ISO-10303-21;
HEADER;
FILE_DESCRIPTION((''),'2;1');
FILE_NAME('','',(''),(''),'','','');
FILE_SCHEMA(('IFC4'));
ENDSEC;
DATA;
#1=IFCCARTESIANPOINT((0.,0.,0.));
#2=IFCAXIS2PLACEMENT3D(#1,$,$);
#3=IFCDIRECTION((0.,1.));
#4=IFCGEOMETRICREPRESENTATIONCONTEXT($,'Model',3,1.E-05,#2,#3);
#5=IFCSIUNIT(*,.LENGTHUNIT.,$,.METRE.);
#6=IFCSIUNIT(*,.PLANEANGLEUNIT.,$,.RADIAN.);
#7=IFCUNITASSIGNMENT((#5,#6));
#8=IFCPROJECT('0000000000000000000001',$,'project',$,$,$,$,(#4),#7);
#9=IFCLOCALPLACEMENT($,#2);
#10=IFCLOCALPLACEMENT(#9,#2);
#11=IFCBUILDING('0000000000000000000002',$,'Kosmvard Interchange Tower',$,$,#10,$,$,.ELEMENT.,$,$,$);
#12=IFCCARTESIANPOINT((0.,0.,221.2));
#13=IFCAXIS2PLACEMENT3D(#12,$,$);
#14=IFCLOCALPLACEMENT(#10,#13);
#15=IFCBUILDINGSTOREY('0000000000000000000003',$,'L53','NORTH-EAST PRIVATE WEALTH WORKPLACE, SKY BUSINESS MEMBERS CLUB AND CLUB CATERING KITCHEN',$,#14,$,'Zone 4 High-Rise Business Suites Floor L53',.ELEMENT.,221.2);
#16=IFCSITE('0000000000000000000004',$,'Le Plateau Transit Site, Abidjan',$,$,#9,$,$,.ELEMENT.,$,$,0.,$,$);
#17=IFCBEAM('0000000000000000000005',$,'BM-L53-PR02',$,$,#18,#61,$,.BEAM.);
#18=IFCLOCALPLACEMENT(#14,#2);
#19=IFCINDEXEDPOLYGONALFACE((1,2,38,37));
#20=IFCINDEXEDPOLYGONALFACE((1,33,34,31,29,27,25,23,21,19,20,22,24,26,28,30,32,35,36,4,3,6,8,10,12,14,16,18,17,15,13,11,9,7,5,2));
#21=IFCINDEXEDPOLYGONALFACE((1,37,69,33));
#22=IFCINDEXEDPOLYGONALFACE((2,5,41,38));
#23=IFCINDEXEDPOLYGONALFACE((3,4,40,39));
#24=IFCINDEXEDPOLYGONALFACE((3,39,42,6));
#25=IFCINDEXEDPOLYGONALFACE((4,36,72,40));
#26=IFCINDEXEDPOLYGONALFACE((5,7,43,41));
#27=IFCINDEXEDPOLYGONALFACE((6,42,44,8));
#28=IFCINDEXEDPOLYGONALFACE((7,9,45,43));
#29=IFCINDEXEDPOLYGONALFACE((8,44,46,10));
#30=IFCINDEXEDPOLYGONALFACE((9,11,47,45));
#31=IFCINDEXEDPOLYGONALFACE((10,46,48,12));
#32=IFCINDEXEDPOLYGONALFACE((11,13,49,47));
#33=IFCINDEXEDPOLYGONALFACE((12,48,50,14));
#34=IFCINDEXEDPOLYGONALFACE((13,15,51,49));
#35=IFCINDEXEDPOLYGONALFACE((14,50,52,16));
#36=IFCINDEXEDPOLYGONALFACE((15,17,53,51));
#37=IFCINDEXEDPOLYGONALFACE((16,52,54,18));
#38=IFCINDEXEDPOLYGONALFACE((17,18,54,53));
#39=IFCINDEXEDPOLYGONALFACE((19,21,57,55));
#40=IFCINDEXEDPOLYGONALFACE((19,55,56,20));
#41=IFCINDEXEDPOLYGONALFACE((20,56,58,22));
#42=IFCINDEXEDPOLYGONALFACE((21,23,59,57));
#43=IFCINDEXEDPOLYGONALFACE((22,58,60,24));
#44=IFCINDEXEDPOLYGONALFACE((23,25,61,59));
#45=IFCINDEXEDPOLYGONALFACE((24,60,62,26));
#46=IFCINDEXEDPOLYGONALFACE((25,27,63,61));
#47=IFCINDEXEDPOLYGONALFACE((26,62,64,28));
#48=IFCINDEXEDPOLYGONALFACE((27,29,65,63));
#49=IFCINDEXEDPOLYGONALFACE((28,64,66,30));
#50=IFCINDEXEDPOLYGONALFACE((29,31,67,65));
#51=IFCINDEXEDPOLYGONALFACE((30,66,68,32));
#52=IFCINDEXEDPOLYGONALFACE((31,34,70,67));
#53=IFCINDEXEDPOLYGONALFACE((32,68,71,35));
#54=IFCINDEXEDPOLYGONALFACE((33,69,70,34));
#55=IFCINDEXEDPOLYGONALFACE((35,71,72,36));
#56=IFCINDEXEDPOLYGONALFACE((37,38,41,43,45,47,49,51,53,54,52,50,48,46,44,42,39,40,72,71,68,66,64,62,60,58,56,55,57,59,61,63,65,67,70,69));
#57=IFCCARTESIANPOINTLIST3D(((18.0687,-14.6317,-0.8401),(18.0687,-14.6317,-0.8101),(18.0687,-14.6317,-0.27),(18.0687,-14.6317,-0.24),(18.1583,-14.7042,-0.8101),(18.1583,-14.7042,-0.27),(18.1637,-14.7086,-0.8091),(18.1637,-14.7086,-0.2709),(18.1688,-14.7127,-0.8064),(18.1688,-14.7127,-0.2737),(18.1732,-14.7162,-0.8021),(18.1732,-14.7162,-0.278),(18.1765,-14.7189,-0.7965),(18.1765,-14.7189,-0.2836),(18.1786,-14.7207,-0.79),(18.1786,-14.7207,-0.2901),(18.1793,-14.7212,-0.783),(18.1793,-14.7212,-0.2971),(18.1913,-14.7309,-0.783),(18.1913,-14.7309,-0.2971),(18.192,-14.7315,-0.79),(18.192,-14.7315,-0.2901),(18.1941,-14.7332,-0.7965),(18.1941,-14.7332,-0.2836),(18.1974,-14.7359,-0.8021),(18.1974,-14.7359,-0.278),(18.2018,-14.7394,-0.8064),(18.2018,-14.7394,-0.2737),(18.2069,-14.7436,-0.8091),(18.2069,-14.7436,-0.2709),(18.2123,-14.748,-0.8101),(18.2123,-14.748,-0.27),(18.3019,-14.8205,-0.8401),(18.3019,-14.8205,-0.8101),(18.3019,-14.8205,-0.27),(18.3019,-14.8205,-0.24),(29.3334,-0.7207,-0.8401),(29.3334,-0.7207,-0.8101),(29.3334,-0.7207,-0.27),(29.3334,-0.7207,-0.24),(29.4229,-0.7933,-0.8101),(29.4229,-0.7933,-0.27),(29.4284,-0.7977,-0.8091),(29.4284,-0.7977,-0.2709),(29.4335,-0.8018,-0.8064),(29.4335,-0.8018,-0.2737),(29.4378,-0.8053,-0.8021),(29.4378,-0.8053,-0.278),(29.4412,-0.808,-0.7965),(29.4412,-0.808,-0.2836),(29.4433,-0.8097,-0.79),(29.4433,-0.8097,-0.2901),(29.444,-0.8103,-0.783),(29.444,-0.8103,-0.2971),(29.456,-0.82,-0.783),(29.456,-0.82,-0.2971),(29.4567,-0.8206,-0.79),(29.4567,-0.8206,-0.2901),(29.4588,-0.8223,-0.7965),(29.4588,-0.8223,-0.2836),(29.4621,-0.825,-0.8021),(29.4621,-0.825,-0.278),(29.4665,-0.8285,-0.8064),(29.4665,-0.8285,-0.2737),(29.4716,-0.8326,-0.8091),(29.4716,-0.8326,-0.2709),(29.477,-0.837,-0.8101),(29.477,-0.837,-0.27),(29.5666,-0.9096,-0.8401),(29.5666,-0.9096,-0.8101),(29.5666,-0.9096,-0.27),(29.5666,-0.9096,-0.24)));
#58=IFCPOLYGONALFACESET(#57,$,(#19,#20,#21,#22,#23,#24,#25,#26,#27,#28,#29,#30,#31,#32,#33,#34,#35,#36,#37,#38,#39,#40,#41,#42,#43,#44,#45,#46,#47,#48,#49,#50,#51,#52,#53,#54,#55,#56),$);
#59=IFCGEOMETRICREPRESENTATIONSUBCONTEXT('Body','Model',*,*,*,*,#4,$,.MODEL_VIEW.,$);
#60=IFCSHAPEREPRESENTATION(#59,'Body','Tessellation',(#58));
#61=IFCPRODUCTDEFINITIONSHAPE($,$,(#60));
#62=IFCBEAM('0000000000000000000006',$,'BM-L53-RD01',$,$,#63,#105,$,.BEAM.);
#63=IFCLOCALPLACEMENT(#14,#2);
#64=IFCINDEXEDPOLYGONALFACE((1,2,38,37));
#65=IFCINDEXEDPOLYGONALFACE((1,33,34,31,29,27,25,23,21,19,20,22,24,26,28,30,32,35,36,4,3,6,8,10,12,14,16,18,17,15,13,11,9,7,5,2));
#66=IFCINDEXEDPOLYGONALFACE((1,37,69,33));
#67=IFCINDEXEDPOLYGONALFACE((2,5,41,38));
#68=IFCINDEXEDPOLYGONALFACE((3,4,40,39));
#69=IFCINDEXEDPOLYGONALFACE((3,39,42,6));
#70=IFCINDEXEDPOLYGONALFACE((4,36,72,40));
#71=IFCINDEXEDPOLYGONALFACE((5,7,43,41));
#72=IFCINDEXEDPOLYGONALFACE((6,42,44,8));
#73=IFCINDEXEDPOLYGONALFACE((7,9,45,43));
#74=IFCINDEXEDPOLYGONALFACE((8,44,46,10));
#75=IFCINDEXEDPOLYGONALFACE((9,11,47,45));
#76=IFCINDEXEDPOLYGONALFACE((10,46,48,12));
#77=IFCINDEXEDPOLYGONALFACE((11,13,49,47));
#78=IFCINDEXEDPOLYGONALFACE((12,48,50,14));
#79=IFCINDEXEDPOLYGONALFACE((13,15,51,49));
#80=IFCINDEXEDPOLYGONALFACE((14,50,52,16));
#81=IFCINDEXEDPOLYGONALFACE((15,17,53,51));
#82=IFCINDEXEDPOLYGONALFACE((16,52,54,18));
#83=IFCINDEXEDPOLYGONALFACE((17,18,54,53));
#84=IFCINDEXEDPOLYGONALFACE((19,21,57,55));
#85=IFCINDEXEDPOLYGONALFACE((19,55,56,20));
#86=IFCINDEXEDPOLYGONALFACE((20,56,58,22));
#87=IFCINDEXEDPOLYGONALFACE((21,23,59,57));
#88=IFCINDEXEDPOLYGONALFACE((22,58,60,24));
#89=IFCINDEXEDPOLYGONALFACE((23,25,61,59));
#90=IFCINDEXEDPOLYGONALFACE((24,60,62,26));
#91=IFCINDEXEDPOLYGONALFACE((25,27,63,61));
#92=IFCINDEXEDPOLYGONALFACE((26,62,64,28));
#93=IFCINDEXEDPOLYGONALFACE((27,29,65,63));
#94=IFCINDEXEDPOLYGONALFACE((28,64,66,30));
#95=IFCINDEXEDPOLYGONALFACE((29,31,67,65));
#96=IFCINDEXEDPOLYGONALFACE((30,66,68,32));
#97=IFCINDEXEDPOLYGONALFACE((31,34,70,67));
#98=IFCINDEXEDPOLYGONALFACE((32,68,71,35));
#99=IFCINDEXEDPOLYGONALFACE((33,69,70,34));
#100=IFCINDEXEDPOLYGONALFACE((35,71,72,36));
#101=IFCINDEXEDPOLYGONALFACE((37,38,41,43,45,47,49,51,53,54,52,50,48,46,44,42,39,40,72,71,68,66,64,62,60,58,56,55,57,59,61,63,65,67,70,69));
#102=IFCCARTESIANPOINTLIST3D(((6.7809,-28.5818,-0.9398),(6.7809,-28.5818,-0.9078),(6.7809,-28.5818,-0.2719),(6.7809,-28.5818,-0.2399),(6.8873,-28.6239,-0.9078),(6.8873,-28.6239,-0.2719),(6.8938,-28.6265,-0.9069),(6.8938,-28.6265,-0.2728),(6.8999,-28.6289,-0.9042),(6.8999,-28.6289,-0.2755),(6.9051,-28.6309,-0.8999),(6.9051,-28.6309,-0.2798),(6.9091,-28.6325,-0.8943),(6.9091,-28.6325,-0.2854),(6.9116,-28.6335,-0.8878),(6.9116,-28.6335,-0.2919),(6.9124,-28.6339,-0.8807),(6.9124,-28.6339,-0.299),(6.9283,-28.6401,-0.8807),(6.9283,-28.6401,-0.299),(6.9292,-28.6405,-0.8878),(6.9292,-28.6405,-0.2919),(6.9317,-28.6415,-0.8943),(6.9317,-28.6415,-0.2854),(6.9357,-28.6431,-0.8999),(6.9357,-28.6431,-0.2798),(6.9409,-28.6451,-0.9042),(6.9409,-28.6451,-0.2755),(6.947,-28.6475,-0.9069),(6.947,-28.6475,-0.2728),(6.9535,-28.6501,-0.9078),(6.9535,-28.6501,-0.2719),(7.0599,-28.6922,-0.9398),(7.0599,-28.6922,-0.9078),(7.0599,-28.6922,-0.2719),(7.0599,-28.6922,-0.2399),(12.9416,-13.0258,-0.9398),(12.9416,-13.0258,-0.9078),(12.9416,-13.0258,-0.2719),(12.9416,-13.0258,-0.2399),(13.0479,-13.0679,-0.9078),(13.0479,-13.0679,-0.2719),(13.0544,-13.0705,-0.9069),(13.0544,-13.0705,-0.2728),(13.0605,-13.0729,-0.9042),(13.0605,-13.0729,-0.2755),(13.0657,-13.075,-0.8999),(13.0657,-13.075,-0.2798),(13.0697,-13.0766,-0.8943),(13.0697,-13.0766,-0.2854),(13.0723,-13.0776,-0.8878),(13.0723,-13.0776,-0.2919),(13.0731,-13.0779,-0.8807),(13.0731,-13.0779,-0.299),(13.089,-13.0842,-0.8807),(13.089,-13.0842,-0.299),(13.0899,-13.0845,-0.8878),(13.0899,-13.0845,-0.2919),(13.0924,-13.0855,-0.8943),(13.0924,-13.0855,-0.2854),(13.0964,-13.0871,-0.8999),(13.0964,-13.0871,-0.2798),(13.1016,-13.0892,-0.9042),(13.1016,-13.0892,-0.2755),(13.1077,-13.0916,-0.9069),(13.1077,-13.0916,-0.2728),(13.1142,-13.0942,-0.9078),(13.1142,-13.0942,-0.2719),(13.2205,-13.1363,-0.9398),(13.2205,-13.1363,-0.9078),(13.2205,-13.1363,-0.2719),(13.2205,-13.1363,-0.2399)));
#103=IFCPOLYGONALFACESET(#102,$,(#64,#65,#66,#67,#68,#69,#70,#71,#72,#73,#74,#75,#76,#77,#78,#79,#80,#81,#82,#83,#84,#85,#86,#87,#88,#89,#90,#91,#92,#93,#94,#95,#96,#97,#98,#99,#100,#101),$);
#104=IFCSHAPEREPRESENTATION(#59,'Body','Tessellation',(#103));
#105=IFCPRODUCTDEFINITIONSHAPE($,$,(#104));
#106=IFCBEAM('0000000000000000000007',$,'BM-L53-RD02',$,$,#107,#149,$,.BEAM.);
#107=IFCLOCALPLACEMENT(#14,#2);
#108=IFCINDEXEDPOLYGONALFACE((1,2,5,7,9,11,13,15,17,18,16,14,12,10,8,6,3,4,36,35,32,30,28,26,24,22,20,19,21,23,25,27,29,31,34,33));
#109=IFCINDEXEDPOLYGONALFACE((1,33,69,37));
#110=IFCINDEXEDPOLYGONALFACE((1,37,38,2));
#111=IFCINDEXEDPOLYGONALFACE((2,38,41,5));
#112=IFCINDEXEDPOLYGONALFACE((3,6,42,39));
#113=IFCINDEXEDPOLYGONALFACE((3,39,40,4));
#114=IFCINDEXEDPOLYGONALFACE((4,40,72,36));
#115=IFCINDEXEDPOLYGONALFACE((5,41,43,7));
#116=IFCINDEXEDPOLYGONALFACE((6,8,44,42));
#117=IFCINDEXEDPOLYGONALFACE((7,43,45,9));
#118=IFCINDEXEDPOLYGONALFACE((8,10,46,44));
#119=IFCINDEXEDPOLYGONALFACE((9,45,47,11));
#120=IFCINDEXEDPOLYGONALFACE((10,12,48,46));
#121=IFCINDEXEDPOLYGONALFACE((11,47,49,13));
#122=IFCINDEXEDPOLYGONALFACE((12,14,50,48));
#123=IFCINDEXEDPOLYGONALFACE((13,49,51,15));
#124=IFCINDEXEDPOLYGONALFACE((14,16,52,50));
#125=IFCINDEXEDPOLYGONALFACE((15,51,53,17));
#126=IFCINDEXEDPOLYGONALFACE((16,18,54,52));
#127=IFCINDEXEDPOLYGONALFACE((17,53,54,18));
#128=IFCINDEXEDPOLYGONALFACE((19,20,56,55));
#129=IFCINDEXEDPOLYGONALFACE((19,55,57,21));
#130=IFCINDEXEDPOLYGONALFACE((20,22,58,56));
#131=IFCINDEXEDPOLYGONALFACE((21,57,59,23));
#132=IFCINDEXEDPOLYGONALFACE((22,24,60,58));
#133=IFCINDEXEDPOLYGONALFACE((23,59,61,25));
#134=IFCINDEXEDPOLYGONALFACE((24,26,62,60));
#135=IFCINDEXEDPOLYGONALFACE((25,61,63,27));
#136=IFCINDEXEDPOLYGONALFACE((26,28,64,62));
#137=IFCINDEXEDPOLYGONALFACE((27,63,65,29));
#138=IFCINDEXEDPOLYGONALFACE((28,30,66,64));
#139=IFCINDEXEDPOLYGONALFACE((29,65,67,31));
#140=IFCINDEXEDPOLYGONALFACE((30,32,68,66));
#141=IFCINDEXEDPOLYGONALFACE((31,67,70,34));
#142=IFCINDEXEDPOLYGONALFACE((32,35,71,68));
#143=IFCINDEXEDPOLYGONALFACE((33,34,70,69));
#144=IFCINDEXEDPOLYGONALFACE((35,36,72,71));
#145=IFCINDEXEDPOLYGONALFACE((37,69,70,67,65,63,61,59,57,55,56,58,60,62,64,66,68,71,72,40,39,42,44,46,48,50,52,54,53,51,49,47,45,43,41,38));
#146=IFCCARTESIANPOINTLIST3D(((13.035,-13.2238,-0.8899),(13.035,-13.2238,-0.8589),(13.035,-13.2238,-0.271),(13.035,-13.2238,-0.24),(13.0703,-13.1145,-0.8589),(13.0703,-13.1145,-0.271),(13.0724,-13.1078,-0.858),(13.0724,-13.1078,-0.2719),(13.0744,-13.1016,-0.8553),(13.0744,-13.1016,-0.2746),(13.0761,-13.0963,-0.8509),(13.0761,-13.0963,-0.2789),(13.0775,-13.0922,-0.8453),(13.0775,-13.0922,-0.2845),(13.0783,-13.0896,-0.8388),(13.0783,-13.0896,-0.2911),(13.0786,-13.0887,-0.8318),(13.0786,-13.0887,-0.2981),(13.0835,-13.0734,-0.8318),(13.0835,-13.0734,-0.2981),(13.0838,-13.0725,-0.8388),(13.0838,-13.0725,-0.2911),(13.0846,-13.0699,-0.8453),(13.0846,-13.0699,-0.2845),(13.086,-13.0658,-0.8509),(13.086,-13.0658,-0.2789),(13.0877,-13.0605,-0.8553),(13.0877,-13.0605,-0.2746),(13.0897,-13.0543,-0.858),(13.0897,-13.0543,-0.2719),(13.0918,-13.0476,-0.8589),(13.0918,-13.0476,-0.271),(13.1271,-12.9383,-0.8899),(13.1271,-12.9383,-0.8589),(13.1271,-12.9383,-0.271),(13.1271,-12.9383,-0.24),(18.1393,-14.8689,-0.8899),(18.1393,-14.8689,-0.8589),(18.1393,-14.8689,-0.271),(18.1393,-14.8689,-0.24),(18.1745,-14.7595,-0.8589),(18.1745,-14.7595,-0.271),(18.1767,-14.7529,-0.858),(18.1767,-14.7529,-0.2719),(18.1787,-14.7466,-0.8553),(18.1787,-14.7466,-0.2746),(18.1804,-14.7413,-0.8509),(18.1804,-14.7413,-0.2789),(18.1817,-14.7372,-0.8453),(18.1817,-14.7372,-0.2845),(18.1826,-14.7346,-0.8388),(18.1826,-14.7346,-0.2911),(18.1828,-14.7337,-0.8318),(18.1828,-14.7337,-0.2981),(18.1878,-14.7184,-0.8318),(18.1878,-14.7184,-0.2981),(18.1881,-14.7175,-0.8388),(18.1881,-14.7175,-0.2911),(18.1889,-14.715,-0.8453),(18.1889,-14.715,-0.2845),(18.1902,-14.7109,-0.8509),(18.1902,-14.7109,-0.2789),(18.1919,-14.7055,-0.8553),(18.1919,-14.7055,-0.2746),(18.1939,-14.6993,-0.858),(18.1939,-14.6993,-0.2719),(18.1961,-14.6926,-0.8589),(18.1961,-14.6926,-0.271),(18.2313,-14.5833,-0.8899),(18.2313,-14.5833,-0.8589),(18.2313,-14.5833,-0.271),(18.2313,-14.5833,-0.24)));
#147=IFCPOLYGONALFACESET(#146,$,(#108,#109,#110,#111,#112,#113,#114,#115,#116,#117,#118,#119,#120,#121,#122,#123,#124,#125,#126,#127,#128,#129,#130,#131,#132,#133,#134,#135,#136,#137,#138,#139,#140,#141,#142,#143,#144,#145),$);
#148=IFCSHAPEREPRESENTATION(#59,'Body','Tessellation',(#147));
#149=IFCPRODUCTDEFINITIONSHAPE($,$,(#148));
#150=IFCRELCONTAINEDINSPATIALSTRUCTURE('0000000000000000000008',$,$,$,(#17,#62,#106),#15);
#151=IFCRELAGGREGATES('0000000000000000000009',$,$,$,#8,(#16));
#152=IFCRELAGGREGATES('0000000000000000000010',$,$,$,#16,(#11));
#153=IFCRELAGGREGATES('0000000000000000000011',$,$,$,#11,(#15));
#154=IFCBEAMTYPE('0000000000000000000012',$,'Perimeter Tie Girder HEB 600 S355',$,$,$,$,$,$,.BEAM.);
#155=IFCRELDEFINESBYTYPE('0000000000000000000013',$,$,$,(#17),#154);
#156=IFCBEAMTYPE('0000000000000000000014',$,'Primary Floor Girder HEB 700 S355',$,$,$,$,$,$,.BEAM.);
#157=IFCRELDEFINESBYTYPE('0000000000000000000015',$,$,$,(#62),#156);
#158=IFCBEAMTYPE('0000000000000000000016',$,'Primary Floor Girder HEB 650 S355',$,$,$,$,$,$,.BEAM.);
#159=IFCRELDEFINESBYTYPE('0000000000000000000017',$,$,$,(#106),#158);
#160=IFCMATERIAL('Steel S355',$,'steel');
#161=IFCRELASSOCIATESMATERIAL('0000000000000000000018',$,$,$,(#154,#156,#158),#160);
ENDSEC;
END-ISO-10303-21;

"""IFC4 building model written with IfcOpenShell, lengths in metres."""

from ifc_helpers import new_model, si_unit, direction, frame, origin, origin_2d, place, context, subcontext, project, spatial, i_section, extrude, source, transform, mapped, material, material_profile, profile_set, type_object, element, save


model = new_model("IFC4")

# Units and contexts
model_context = context("Model", 3, precision=1e-05, world=origin(), true_north=direction((0.0, 1.0)))
body_context = subcontext(model_context, "Body", "Model", "MODEL_VIEW")
ifc_project = project(units=[si_unit("LENGTHUNIT", "METRE"), si_unit("PLANEANGLEUNIT", "RADIAN")], contexts=[model_context])

# Site, building, storey
site_placement = place(None, origin())
site = spatial("IfcSite", under=ifc_project, at=site_placement, Name="Le Plateau Transit Site, Abidjan", CompositionType="ELEMENT", RefElevation=0.0)
building_placement = place(site_placement, origin())
building = spatial("IfcBuilding", under=site, at=building_placement, Name="Kosmvard Interchange Tower", CompositionType="ELEMENT")
storey_placement = place(building_placement, frame((0.0, 0.0, 221.2)))
storey = spatial("IfcBuildingStorey", under=building, at=storey_placement, Name="L53", Description="NORTH-EAST PRIVATE WEALTH WORKPLACE, SKY BUSINESS MEMBERS CLUB AND CLUB CATERING KITCHEN", LongName="Zone 4 High-Rise Business Suites Floor L53", CompositionType="ELEMENT", Elevation=221.2)

# Beams
ifc_material_1 = material(Name="Steel S355", Category="steel")
ifc_material_profile_1 = material_profile(ifc_material_1, i_section(OverallWidth=0.3, OverallDepth=0.6001, WebThickness=0.0154, FlangeThickness=0.03, FilletRadius=0.0271, at=origin_2d()), Name="HEB 600")
ifc_profile_set_1 = profile_set([ifc_material_profile_1], Name="Steel S355")
beam_type_1 = type_object("IfcBeamType", Name="Perimeter Tie Girder HEB 600 S355", PredefinedType="BEAM", material=ifc_profile_set_1)
shared_shape_1 = source(origin(), body_context, "Body", "SweptSolid", [
    extrude(i_section(OverallWidth=0.3, OverallDepth=0.6001, WebThickness=0.0154, FlangeThickness=0.03, FilletRadius=0.0271, at=origin_2d()), origin(), (0.0, 0.0, 1.0), 17.8999),
])
beam_1_placement = place(storey_placement, frame((18.1853, -14.7261, -0.54), z_axis=(0.629315, 0.777151, 0.0), x_axis=(-0.777151, 0.629315, 0.0)))
element("IfcBeam", 1, at=beam_1_placement, inside=storey, type_object=beam_type_1, Name="BM-L53-PR02", PredefinedType="BEAM", context=body_context, shape_type="MappedRepresentation", body=[
    mapped(shared_shape_1, transform((0.0, 0.0, 0.0), scale=1.0)),
])
ifc_material_profile_2 = material_profile(ifc_material_1, i_section(OverallWidth=0.3, OverallDepth=0.7, WebThickness=0.0171, FlangeThickness=0.032, FilletRadius=0.0271, at=origin_2d()), Name="HEB 700")
ifc_profile_set_2 = profile_set([ifc_material_profile_2], Name="Steel S355")
beam_type_2 = type_object("IfcBeamType", Name="Primary Floor Girder HEB 700 S355", PredefinedType="BEAM", material=ifc_profile_set_2)
shared_shape_2 = source(origin(), body_context, "Body", "SweptSolid", [
    extrude(i_section(OverallWidth=0.3, OverallDepth=0.7, WebThickness=0.0171, FlangeThickness=0.032, FilletRadius=0.0271, at=origin_2d()), origin(), (0.0, 0.0, 1.0), 16.7314),
])
beam_2_placement = place(storey_placement, frame((13.0811, -13.0811, -0.5898), z_axis=(-0.368209, -0.929743, 0.0), x_axis=(0.929743, -0.368209, 0.0)))
element("IfcBeam", 2, at=beam_2_placement, inside=storey, type_object=beam_type_2, Name="BM-L53-RD01", PredefinedType="BEAM", context=body_context, shape_type="MappedRepresentation", body=[
    mapped(shared_shape_2, transform((0.0, 0.0, 0.0), scale=1.0)),
])
ifc_material_profile_3 = material_profile(ifc_material_1, i_section(OverallWidth=0.3, OverallDepth=0.6499, WebThickness=0.0161, FlangeThickness=0.031, FilletRadius=0.0271, at=origin_2d()), Name="HEB 650")
ifc_profile_set_3 = profile_set([ifc_material_profile_3], Name="Steel S355")
beam_type_3 = type_object("IfcBeamType", Name="Primary Floor Girder HEB 650 S355", PredefinedType="BEAM", material=ifc_profile_set_3)
shared_shape_3 = source(origin(), body_context, "Body", "SweptSolid", [
    extrude(i_section(OverallWidth=0.3, OverallDepth=0.6499, WebThickness=0.0161, FlangeThickness=0.031, FilletRadius=0.0271, at=origin_2d()), origin(), (0.0, 0.0, 1.0), 5.3628),
])
beam_3_placement = place(storey_placement, frame((13.0811, -13.0811, -0.5649), z_axis=(0.951791, -0.306747, 0.0), x_axis=(0.306747, 0.951791, 0.0)))
element("IfcBeam", 3, at=beam_3_placement, inside=storey, type_object=beam_type_3, Name="BM-L53-RD02", PredefinedType="BEAM", context=body_context, shape_type="MappedRepresentation", body=[
    mapped(shared_shape_3, transform((0.0, 0.0, 0.0), scale=1.0)),
])

save(model, "model.ifc")
